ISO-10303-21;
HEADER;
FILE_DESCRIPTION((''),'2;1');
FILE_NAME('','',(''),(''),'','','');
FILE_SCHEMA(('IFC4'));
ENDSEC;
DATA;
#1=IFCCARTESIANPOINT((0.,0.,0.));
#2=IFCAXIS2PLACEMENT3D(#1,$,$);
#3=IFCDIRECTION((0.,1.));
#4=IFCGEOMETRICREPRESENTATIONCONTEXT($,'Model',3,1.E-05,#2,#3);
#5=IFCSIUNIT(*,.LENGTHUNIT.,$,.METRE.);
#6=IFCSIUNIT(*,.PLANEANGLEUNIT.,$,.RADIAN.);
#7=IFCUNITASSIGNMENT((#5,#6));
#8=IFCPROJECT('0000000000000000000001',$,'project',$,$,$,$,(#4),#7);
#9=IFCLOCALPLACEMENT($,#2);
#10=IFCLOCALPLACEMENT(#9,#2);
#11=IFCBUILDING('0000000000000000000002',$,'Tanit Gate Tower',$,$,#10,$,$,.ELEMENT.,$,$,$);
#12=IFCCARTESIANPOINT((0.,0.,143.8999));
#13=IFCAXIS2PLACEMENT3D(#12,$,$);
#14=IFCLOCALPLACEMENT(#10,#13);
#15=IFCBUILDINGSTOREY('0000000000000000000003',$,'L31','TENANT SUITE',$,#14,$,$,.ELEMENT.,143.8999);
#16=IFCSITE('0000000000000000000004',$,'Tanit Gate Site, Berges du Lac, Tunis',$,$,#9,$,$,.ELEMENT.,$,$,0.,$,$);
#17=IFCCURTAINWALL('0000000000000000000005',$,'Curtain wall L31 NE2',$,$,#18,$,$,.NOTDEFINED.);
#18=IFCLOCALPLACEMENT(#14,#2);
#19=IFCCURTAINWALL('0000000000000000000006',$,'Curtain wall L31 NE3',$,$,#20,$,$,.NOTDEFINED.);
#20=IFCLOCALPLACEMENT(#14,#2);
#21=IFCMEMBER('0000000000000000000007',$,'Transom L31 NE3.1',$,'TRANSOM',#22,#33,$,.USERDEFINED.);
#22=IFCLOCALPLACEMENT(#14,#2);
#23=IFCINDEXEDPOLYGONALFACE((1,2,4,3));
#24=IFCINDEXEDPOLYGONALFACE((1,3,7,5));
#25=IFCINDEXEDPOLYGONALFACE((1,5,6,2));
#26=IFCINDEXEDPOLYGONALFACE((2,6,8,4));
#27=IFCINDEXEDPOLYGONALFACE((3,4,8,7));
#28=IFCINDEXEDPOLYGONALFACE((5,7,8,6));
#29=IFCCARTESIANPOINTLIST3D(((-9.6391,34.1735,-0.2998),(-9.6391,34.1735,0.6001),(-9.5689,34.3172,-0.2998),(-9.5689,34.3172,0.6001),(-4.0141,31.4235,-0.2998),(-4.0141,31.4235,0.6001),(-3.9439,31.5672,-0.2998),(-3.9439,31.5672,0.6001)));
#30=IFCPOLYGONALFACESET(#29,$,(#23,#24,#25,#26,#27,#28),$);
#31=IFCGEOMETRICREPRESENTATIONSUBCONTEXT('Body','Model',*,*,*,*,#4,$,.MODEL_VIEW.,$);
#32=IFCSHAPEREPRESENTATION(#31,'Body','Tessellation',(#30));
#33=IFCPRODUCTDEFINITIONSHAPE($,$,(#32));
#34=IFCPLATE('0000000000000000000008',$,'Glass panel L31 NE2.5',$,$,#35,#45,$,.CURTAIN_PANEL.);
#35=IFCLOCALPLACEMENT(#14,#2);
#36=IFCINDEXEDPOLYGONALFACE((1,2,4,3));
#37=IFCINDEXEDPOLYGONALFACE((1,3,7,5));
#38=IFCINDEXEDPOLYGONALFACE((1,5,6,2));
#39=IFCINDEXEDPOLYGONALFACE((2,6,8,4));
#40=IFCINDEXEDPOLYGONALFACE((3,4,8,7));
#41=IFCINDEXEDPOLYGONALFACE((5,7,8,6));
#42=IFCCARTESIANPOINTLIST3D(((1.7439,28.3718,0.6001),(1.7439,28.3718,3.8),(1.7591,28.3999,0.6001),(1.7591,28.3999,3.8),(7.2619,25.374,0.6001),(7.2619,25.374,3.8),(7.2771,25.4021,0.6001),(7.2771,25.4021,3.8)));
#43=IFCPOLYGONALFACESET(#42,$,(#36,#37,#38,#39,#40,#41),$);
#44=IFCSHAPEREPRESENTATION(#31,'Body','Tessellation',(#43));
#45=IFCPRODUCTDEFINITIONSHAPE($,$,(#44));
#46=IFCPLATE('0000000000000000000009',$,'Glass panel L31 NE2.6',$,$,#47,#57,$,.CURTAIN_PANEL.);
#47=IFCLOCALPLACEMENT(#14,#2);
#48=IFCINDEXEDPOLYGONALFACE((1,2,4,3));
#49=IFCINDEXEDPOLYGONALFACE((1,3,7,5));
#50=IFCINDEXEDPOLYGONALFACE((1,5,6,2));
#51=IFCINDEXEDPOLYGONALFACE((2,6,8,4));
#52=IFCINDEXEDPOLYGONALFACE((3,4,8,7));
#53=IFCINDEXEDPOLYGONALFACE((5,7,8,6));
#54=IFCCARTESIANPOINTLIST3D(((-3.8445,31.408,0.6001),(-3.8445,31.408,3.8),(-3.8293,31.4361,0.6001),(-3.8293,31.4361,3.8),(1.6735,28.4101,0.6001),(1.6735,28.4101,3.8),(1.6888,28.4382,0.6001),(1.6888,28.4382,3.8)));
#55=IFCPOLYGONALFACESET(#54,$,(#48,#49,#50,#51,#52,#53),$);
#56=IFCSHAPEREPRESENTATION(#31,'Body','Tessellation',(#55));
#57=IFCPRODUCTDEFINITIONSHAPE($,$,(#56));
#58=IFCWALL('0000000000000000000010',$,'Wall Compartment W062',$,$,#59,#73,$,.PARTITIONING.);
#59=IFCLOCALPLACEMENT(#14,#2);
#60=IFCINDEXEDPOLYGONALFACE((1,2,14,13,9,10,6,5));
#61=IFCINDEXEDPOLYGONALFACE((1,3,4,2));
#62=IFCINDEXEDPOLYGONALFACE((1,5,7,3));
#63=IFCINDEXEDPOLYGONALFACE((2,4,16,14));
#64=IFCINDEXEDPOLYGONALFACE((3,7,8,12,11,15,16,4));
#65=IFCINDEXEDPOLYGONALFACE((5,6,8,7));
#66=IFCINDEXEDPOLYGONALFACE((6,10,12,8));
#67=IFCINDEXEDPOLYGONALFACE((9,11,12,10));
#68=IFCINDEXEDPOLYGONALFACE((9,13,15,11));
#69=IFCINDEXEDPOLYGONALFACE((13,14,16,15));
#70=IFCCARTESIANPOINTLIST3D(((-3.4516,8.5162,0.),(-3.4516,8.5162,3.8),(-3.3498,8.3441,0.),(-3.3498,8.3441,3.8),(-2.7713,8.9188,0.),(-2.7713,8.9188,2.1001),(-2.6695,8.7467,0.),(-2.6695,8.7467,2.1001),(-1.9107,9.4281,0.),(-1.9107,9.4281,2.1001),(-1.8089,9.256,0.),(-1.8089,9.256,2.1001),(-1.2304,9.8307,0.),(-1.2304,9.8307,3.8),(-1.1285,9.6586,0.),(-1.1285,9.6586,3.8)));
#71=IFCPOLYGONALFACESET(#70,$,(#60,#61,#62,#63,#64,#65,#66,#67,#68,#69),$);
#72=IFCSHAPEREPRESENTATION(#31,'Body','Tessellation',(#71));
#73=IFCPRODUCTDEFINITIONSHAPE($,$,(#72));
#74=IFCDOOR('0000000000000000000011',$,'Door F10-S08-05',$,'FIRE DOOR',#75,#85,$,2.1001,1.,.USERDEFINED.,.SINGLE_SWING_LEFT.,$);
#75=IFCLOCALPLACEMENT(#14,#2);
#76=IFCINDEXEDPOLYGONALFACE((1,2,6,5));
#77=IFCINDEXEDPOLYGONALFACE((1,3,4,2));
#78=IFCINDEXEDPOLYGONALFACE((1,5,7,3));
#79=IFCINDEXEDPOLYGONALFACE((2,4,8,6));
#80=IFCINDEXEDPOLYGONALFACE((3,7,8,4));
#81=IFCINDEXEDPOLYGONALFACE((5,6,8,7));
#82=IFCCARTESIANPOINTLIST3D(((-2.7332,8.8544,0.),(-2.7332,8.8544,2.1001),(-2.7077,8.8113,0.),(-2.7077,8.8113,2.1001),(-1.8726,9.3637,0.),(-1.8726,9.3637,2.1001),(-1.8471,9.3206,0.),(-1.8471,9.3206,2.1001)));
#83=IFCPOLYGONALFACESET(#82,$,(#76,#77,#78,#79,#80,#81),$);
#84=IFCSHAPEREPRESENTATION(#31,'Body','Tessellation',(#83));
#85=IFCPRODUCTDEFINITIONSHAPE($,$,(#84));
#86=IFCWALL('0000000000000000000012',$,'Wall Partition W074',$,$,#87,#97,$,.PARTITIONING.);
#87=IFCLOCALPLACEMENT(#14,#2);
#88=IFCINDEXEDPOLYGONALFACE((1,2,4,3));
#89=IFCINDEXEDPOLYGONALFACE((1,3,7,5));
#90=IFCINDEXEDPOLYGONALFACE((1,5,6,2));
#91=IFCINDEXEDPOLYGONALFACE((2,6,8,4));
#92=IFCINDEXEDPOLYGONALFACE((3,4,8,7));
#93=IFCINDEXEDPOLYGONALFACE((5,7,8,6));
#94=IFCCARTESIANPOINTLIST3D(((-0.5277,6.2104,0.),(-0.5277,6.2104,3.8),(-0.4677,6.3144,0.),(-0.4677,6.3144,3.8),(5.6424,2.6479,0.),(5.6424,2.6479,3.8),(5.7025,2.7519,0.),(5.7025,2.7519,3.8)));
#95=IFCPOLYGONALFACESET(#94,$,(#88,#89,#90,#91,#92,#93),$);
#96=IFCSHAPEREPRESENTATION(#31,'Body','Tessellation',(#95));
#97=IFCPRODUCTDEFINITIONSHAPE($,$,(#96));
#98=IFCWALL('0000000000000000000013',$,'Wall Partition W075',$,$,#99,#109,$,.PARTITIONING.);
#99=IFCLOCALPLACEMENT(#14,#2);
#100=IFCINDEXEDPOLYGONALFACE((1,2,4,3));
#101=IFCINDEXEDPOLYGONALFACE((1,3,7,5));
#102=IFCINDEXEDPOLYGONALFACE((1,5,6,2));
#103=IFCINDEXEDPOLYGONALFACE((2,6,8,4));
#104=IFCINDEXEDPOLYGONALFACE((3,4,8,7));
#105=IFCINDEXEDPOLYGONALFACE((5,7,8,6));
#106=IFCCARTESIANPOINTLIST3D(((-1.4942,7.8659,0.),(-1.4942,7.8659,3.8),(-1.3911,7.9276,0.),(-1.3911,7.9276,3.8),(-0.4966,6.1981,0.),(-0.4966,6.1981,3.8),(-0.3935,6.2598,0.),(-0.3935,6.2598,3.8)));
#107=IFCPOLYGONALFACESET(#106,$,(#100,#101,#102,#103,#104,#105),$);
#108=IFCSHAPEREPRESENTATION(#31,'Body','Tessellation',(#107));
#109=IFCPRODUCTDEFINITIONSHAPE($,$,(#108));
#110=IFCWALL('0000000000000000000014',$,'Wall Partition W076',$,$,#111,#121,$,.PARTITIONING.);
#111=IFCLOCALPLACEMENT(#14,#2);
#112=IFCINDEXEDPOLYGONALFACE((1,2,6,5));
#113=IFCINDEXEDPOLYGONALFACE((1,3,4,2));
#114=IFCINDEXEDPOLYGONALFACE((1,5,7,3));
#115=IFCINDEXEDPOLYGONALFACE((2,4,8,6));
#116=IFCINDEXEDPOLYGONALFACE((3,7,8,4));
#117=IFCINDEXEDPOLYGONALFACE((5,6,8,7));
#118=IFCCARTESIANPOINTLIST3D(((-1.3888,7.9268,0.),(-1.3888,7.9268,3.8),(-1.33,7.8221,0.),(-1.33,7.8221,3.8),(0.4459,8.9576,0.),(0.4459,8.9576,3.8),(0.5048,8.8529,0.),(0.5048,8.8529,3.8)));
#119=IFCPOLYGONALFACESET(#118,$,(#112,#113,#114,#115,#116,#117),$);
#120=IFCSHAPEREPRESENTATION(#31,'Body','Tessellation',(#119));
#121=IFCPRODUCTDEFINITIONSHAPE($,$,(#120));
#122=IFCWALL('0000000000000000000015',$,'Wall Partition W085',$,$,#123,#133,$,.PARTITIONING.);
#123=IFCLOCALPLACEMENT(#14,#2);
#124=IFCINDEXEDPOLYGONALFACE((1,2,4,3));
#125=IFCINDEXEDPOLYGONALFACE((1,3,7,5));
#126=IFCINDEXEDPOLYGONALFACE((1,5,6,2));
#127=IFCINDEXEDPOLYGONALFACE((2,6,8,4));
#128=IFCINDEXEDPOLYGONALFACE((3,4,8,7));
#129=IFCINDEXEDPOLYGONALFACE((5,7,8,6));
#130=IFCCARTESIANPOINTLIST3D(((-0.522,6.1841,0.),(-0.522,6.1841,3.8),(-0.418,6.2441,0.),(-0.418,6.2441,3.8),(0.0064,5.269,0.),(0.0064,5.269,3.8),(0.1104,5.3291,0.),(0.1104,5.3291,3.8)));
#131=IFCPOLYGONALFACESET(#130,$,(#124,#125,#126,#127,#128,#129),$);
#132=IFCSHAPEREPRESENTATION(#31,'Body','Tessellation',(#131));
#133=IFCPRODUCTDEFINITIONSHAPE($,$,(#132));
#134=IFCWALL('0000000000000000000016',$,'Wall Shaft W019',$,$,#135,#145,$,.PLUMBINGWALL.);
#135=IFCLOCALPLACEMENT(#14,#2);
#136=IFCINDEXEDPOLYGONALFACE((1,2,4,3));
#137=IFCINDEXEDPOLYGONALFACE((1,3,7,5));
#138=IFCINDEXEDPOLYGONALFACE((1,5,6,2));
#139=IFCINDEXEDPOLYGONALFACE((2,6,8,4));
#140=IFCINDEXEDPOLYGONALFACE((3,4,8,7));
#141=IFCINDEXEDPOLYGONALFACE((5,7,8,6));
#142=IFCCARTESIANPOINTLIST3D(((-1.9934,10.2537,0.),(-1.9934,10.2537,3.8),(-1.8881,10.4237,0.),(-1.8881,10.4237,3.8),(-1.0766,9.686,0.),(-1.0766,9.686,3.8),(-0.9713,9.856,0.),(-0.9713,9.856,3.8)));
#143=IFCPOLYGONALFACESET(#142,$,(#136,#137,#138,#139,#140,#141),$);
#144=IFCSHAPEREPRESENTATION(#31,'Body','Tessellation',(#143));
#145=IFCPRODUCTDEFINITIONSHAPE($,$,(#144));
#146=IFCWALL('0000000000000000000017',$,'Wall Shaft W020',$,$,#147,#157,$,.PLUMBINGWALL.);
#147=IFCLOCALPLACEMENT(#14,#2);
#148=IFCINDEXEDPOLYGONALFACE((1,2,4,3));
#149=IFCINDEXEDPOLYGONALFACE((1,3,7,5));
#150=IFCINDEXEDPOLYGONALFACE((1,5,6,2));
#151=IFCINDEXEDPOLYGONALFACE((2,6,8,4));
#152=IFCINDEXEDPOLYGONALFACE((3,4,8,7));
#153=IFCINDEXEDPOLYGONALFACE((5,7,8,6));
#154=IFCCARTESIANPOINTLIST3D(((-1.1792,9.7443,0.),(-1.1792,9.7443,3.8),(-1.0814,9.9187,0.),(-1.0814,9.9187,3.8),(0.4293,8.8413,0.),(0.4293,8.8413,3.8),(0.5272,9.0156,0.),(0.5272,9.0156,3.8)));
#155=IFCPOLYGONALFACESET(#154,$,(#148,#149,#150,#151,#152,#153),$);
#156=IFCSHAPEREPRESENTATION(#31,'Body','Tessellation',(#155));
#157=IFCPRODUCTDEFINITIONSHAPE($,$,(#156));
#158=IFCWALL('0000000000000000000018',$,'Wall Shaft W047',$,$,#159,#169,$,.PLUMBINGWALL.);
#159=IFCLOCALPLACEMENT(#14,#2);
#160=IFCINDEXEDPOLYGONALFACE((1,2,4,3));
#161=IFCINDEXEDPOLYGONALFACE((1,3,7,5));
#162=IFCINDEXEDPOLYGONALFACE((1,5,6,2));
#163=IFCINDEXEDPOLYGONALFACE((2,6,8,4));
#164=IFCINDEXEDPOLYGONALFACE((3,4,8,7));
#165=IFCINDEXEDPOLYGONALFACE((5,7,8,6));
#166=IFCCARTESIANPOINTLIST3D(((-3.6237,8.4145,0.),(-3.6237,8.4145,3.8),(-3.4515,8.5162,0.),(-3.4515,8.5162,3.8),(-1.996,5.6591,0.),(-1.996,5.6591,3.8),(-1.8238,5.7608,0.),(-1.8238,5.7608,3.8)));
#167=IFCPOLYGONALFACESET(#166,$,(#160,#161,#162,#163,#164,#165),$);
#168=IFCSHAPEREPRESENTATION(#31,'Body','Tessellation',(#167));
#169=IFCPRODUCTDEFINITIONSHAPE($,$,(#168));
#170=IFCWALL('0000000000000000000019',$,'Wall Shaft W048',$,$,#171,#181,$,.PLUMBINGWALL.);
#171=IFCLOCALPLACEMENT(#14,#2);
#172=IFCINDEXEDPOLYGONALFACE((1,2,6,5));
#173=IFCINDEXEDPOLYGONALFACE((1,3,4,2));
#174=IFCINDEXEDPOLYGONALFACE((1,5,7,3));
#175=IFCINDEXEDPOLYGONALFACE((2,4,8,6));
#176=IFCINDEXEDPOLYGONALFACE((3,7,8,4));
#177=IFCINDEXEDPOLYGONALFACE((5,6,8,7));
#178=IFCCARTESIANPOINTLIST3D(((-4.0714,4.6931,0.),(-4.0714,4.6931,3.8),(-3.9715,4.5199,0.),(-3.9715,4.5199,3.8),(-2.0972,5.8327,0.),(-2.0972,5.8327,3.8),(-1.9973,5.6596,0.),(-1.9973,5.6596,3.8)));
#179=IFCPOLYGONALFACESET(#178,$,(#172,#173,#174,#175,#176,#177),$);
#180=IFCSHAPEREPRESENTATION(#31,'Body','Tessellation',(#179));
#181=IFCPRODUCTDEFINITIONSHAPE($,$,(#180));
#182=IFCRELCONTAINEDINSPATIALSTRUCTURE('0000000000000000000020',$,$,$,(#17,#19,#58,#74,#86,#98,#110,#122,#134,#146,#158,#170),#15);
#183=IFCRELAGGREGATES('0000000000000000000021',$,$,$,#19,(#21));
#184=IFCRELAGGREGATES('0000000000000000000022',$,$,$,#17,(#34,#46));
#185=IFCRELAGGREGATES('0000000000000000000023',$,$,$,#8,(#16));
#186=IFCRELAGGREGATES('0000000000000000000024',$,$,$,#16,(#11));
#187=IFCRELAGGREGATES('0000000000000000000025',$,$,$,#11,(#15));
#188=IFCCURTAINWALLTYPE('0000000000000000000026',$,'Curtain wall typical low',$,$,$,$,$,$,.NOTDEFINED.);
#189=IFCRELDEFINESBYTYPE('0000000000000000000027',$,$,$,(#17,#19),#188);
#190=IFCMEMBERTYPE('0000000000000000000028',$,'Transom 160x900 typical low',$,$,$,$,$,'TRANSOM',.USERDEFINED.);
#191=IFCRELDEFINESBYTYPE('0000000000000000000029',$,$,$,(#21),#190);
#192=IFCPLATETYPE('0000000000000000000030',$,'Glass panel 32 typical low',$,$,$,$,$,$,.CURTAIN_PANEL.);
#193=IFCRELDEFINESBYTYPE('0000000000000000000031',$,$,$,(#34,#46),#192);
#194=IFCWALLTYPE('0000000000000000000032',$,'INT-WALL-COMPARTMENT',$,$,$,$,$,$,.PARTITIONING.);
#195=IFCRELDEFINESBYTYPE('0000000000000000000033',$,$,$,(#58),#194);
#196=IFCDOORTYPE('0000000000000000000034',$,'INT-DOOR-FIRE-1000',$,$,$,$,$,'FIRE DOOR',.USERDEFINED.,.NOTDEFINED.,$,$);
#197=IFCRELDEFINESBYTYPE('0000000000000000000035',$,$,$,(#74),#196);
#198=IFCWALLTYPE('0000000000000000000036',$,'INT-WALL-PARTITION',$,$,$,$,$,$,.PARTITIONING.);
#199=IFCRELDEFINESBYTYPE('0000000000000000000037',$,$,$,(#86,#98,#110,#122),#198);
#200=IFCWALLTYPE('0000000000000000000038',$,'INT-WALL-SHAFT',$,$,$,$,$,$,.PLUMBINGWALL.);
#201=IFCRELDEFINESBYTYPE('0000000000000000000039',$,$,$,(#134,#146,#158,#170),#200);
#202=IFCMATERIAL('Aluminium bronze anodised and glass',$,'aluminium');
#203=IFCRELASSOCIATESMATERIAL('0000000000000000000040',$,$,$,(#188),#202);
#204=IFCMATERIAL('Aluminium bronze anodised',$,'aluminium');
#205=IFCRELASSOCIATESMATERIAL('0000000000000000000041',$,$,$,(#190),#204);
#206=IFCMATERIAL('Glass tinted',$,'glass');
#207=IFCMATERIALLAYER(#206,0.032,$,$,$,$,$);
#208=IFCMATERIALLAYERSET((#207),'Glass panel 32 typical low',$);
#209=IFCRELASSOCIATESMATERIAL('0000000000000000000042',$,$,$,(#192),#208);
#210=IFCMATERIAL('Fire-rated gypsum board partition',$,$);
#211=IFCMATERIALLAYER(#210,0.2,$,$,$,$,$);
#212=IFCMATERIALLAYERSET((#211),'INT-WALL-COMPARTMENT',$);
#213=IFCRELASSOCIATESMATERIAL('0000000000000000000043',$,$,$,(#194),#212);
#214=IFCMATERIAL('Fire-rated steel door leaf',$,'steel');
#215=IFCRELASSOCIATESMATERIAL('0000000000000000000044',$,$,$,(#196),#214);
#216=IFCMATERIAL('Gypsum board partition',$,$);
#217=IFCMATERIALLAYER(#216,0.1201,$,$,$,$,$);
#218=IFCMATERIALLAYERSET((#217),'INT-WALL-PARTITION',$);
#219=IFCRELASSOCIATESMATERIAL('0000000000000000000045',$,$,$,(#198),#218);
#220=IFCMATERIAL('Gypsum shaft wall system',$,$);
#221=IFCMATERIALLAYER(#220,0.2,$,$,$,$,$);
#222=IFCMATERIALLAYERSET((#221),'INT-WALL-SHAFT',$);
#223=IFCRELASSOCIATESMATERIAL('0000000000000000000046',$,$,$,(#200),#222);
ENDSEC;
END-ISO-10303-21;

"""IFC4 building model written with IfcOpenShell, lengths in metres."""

from ifc_helpers import new_model, si_unit, direction, frame, frame_2d, origin, origin_2d, place, context, subcontext, project, spatial, rectangle, extrude, material, layer, layer_set, material_profile, profile_set, type_object, element, fill, aggregate, save


model = new_model("IFC4")

# Units and contexts
model_context = context("Model", 3, precision=1e-05, world=origin(), true_north=direction((0.0, 1.0)))
body_context = subcontext(model_context, "Body", "Model", "MODEL_VIEW")
ifc_project = project(units=[si_unit("LENGTHUNIT", "METRE"), si_unit("PLANEANGLEUNIT", "RADIAN")], contexts=[model_context])

# Site, building, storey
site_placement = place(None, origin())
site = spatial("IfcSite", under=ifc_project, at=site_placement, Name="Tanit Gate Site, Berges du Lac, Tunis", CompositionType="ELEMENT", RefElevation=0.0)
building_placement = place(site_placement, origin())
building = spatial("IfcBuilding", under=site, at=building_placement, Name="Tanit Gate Tower", CompositionType="ELEMENT")
storey_placement = place(building_placement, frame((0.0, 0.0, 143.8999)))
storey = spatial("IfcBuildingStorey", under=building, at=storey_placement, Name="L31", Description="TENANT SUITE", CompositionType="ELEMENT", Elevation=143.8999)

# Curtain wall
ifc_material_1 = material(Name="Aluminium bronze anodised and glass", Category="aluminium")
curtain_wall_type = type_object("IfcCurtainWallType", Name="Curtain wall typical low", PredefinedType="NOTDEFINED", material=ifc_material_1)
curtain_wall_1_placement = place(storey_placement, origin())
curtain_wall_1 = element("IfcCurtainWall", 1, at=curtain_wall_1_placement, inside=storey, type_object=curtain_wall_type, Name="Curtain wall L31 NE2", PredefinedType="NOTDEFINED")

# Shared definitions
ifc_material_2 = material(Name="Aluminium bronze anodised", Category="aluminium")
ifc_material_profile_1 = material_profile(ifc_material_2, rectangle(XDim=0.1599, YDim=0.8999, at=origin_2d()), Name="160x900 bronze transom")
ifc_profile_set_1 = profile_set([ifc_material_profile_1], Name="Aluminium bronze anodised")
member_type_1 = type_object("IfcMemberType", Name="Transom 160x900 typical low", ElementType="TRANSOM", PredefinedType="USERDEFINED", material=ifc_profile_set_1)

# Curtain wall, member
curtain_wall_2_placement = place(storey_placement, origin())
curtain_wall_2 = element("IfcCurtainWall", 2, at=curtain_wall_2_placement, inside=storey, type_object=curtain_wall_type, Name="Curtain wall L31 NE3", PredefinedType="NOTDEFINED")
member_1_placement = place(storey_placement, frame((-3.979, 31.4954, 0.1501), z_axis=(-0.898384, 0.43921, 0.0), x_axis=(-0.43921, -0.898384, 0.0)))
member_1 = element("IfcMember", 3, at=member_1_placement, type_object=member_type_1, Name="Transom L31 NE3.1", ObjectType="TRANSOM", PredefinedType="USERDEFINED", context=body_context, shape_type="SweptSolid", body=[
    extrude(rectangle(XDim=0.1599, YDim=0.8999, at=origin_2d()), origin(), (0.0, 0.0, 1.0), 6.2612),
])
aggregate(curtain_wall_2, [member_1])

# Plates
ifc_material_3 = material(Name="Glass tinted", Category="glass")
ifc_layer_1 = layer(ifc_material_3, 0.032)
ifc_layer_set_1 = layer_set([ifc_layer_1], Name="Glass panel 32 typical low")
plate_type = type_object("IfcPlateType", Name="Glass panel 32 typical low", PredefinedType="CURTAIN_PANEL", material=ifc_layer_set_1)
plate_1_placement = place(storey_placement, frame((4.5105, 26.887, 0.6001), z_axis=(0.0, 0.0, 1.0), x_axis=(-0.878696, 0.477381, 0.0)))
plate_1 = element("IfcPlate", 4, at=plate_1_placement, type_object=plate_type, Name="Glass panel L31 NE2.5", PredefinedType="CURTAIN_PANEL", context=body_context, shape_type="SweptSolid", body=[
    extrude(rectangle(XDim=6.2798, YDim=0.032, at=origin_2d()), origin(), (0.0, 0.0, 1.0), 3.2),
])
plate_2_placement = place(storey_placement, frame((-1.0779, 29.9231, 0.6001), z_axis=(0.0, 0.0, 1.0), x_axis=(-0.878696, 0.477381, 0.0)))
plate_2 = element("IfcPlate", 5, at=plate_2_placement, type_object=plate_type, Name="Glass panel L31 NE2.6", PredefinedType="CURTAIN_PANEL", context=body_context, shape_type="SweptSolid", body=[
    extrude(rectangle(XDim=6.2798, YDim=0.032, at=origin_2d()), origin(), (0.0, 0.0, 1.0), 3.2),
])
aggregate(curtain_wall_1, [plate_1, plate_2])

# Wall, opening, door
ifc_material_4 = material(Name="Fire-rated gypsum board partition")
ifc_layer_2 = layer(ifc_material_4, 0.2)
ifc_layer_set_2 = layer_set([ifc_layer_2], Name="INT-WALL-COMPARTMENT")
wall_type_1 = type_object("IfcWallType", Name="INT-WALL-COMPARTMENT", PredefinedType="PARTITIONING", material=ifc_layer_set_2)
wall_1_placement = place(storey_placement, frame((-1.1794, 9.7446, 0.0), z_axis=(0.0, 0.0, 1.0), x_axis=(-0.860599, -0.509284, 0.0)))
wall_1 = element("IfcWall", 6, at=wall_1_placement, inside=storey, type_object=wall_type_1, Name="Wall Compartment W062", PredefinedType="PARTITIONING", context=body_context, shape_type="SweptSolid", body=[
    extrude(rectangle(XDim=2.5811, YDim=0.2, at=frame_2d((1.2905, 0.0))), origin(), (0.0, 0.0, 1.0), 3.8),
])
opening_placement = place(wall_1_placement, frame((0.7905, 0.0, 0.0)))
opening = element("IfcOpeningElement", 7, at=opening_placement, cuts=wall_1, PredefinedType="OPENING", context=body_context, shape_type="SweptSolid", body=[
    extrude(rectangle(XDim=1.0, YDim=2.1001, at=frame_2d((0.5, 1.05))), frame((0.0, 0.1099, 0.0), z_axis=(0.0, -1.0, 0.0), x_axis=(1.0, 0.0, 0.0)), (0.0, 0.0, 1.0), 0.22),
])
ifc_material_5 = material(Name="Fire-rated steel door leaf", Category="steel")
door_type = type_object("IfcDoorType", Name="INT-DOOR-FIRE-1000", ElementType="FIRE DOOR", OperationType="NOTDEFINED", PredefinedType="USERDEFINED", material=ifc_material_5)
door_placement = place(opening_placement, origin())
door = element("IfcDoor", 8, at=door_placement, inside=storey, type_object=door_type, Name="Door F10-S08-05", ObjectType="FIRE DOOR", OperationType="SINGLE_SWING_LEFT", OverallHeight=2.1001, OverallWidth=1.0, PredefinedType="USERDEFINED", context=body_context, shape_type="SweptSolid", body=[
    extrude(rectangle(XDim=1.0, YDim=2.1001, at=frame_2d((0.5, 1.05))), frame((0.0, 0.0249, 0.0), z_axis=(0.0, -1.0, 0.0), x_axis=(1.0, 0.0, 0.0)), (0.0, 0.0, 1.0), 0.05),
])
fill(opening, door)

# Walls
ifc_material_6 = material(Name="Gypsum board partition")
ifc_layer_3 = layer(ifc_material_6, 0.1201)
ifc_layer_set_3 = layer_set([ifc_layer_3], Name="INT-WALL-PARTITION")
wall_type_2 = type_object("IfcWallType", Name="INT-WALL-PARTITION", PredefinedType="PARTITIONING", material=ifc_layer_set_3)
wall_2_placement = place(storey_placement, frame((-0.4978, 6.2625, 0.0), z_axis=(0.0, 0.0, 1.0), x_axis=(0.866016, -0.500016, 0.0)))
element("IfcWall", 9, at=wall_2_placement, inside=storey, type_object=wall_type_2, Name="Wall Partition W074", PredefinedType="PARTITIONING", context=body_context, shape_type="SweptSolid", body=[
    extrude(rectangle(XDim=7.1248, YDim=0.1201, at=frame_2d((3.5625, 0.0))), origin(), (0.0, 0.0, 1.0), 3.8),
])
wall_3_placement = place(storey_placement, frame((-1.4426, 7.8967, 0.0), z_axis=(0.0, 0.0, 1.0), x_axis=(0.513331, -0.858191, 0.0)))
element("IfcWall", 10, at=wall_3_placement, inside=storey, type_object=wall_type_2, Name="Wall Partition W075", PredefinedType="PARTITIONING", context=body_context, shape_type="SweptSolid", body=[
    extrude(rectangle(XDim=1.9434, YDim=0.1201, at=frame_2d((0.9717, 0.0))), origin(), (0.0, 0.0, 1.0), 3.8),
])
wall_4_placement = place(storey_placement, frame((0.4753, 8.9053, 0.0), z_axis=(0.0, 0.0, 1.0), x_axis=(-0.871833, -0.489804, 0.0)))
element("IfcWall", 11, at=wall_4_placement, inside=storey, type_object=wall_type_2, Name="Wall Partition W076", PredefinedType="PARTITIONING", context=body_context, shape_type="SweptSolid", body=[
    extrude(rectangle(XDim=2.1045, YDim=0.1201, at=frame_2d((1.0522, 0.0))), origin(), (0.0, 0.0, 1.0), 3.8),
])
wall_5_placement = place(storey_placement, frame((-0.47, 6.2141, 0.0), z_axis=(0.0, 0.0, 1.0), x_axis=(0.500016, -0.866016, 0.0)))
element("IfcWall", 12, at=wall_5_placement, inside=storey, type_object=wall_type_2, Name="Wall Partition W085", PredefinedType="PARTITIONING", context=body_context, shape_type="SweptSolid", body=[
    extrude(rectangle(XDim=1.0566, YDim=0.1201, at=frame_2d((0.5283, 0.0))), origin(), (0.0, 0.0, 1.0), 3.8),
])
ifc_material_7 = material(Name="Gypsum shaft wall system")
ifc_layer_4 = layer(ifc_material_7, 0.2)
ifc_layer_set_4 = layer_set([ifc_layer_4], Name="INT-WALL-SHAFT")
wall_type_3 = type_object("IfcWallType", Name="INT-WALL-SHAFT", PredefinedType="PLUMBINGWALL", material=ifc_layer_set_4)
wall_6_placement = place(storey_placement, frame((-1.9407, 10.3386, 0.0), z_axis=(0.0, 0.0, 1.0), x_axis=(0.850217, -0.526433, 0.0)))
element("IfcWall", 13, at=wall_6_placement, inside=storey, type_object=wall_type_3, Name="Wall Shaft W019", PredefinedType="PLUMBINGWALL", context=body_context, shape_type="SweptSolid", body=[
    extrude(rectangle(XDim=1.0784, YDim=0.2, at=frame_2d((0.5391, 0.0))), origin(), (0.0, 0.0, 1.0), 3.8),
])
wall_7_placement = place(storey_placement, frame((0.4783, 8.9285, 0.0), z_axis=(0.0, 0.0, 1.0), x_axis=(-0.871989, 0.489526, 0.0)))
element("IfcWall", 14, at=wall_7_placement, inside=storey, type_object=wall_type_3, Name="Wall Shaft W020", PredefinedType="PLUMBINGWALL", context=body_context, shape_type="SweptSolid", body=[
    extrude(rectangle(XDim=1.8447, YDim=0.2, at=frame_2d((0.9224, 0.0))), origin(), (0.0, 0.0, 1.0), 3.8),
])
wall_8_placement = place(storey_placement, frame((-3.5376, 8.4653, 0.0), z_axis=(0.0, 0.0, 1.0), x_axis=(0.508616, -0.860993, 0.0)))
element("IfcWall", 15, at=wall_8_placement, inside=storey, type_object=wall_type_3, Name="Wall Shaft W047", PredefinedType="PLUMBINGWALL", context=body_context, shape_type="SweptSolid", body=[
    extrude(rectangle(XDim=3.2002, YDim=0.2, at=frame_2d((1.6001, 0.0))), origin(), (0.0, 0.0, 1.0), 3.8),
])
wall_9_placement = place(storey_placement, frame((-2.0474, 5.7461, 0.0), z_axis=(0.0, 0.0, 1.0), x_axis=(-0.866046, -0.499964, 0.0)))
element("IfcWall", 16, at=wall_9_placement, inside=storey, type_object=wall_type_3, Name="Wall Shaft W048", PredefinedType="PLUMBINGWALL", context=body_context, shape_type="SweptSolid", body=[
    extrude(rectangle(XDim=2.2795, YDim=0.2, at=frame_2d((1.1396, 0.0))), origin(), (0.0, 0.0, 1.0), 3.8),
])

save(model, "model.ifc")
